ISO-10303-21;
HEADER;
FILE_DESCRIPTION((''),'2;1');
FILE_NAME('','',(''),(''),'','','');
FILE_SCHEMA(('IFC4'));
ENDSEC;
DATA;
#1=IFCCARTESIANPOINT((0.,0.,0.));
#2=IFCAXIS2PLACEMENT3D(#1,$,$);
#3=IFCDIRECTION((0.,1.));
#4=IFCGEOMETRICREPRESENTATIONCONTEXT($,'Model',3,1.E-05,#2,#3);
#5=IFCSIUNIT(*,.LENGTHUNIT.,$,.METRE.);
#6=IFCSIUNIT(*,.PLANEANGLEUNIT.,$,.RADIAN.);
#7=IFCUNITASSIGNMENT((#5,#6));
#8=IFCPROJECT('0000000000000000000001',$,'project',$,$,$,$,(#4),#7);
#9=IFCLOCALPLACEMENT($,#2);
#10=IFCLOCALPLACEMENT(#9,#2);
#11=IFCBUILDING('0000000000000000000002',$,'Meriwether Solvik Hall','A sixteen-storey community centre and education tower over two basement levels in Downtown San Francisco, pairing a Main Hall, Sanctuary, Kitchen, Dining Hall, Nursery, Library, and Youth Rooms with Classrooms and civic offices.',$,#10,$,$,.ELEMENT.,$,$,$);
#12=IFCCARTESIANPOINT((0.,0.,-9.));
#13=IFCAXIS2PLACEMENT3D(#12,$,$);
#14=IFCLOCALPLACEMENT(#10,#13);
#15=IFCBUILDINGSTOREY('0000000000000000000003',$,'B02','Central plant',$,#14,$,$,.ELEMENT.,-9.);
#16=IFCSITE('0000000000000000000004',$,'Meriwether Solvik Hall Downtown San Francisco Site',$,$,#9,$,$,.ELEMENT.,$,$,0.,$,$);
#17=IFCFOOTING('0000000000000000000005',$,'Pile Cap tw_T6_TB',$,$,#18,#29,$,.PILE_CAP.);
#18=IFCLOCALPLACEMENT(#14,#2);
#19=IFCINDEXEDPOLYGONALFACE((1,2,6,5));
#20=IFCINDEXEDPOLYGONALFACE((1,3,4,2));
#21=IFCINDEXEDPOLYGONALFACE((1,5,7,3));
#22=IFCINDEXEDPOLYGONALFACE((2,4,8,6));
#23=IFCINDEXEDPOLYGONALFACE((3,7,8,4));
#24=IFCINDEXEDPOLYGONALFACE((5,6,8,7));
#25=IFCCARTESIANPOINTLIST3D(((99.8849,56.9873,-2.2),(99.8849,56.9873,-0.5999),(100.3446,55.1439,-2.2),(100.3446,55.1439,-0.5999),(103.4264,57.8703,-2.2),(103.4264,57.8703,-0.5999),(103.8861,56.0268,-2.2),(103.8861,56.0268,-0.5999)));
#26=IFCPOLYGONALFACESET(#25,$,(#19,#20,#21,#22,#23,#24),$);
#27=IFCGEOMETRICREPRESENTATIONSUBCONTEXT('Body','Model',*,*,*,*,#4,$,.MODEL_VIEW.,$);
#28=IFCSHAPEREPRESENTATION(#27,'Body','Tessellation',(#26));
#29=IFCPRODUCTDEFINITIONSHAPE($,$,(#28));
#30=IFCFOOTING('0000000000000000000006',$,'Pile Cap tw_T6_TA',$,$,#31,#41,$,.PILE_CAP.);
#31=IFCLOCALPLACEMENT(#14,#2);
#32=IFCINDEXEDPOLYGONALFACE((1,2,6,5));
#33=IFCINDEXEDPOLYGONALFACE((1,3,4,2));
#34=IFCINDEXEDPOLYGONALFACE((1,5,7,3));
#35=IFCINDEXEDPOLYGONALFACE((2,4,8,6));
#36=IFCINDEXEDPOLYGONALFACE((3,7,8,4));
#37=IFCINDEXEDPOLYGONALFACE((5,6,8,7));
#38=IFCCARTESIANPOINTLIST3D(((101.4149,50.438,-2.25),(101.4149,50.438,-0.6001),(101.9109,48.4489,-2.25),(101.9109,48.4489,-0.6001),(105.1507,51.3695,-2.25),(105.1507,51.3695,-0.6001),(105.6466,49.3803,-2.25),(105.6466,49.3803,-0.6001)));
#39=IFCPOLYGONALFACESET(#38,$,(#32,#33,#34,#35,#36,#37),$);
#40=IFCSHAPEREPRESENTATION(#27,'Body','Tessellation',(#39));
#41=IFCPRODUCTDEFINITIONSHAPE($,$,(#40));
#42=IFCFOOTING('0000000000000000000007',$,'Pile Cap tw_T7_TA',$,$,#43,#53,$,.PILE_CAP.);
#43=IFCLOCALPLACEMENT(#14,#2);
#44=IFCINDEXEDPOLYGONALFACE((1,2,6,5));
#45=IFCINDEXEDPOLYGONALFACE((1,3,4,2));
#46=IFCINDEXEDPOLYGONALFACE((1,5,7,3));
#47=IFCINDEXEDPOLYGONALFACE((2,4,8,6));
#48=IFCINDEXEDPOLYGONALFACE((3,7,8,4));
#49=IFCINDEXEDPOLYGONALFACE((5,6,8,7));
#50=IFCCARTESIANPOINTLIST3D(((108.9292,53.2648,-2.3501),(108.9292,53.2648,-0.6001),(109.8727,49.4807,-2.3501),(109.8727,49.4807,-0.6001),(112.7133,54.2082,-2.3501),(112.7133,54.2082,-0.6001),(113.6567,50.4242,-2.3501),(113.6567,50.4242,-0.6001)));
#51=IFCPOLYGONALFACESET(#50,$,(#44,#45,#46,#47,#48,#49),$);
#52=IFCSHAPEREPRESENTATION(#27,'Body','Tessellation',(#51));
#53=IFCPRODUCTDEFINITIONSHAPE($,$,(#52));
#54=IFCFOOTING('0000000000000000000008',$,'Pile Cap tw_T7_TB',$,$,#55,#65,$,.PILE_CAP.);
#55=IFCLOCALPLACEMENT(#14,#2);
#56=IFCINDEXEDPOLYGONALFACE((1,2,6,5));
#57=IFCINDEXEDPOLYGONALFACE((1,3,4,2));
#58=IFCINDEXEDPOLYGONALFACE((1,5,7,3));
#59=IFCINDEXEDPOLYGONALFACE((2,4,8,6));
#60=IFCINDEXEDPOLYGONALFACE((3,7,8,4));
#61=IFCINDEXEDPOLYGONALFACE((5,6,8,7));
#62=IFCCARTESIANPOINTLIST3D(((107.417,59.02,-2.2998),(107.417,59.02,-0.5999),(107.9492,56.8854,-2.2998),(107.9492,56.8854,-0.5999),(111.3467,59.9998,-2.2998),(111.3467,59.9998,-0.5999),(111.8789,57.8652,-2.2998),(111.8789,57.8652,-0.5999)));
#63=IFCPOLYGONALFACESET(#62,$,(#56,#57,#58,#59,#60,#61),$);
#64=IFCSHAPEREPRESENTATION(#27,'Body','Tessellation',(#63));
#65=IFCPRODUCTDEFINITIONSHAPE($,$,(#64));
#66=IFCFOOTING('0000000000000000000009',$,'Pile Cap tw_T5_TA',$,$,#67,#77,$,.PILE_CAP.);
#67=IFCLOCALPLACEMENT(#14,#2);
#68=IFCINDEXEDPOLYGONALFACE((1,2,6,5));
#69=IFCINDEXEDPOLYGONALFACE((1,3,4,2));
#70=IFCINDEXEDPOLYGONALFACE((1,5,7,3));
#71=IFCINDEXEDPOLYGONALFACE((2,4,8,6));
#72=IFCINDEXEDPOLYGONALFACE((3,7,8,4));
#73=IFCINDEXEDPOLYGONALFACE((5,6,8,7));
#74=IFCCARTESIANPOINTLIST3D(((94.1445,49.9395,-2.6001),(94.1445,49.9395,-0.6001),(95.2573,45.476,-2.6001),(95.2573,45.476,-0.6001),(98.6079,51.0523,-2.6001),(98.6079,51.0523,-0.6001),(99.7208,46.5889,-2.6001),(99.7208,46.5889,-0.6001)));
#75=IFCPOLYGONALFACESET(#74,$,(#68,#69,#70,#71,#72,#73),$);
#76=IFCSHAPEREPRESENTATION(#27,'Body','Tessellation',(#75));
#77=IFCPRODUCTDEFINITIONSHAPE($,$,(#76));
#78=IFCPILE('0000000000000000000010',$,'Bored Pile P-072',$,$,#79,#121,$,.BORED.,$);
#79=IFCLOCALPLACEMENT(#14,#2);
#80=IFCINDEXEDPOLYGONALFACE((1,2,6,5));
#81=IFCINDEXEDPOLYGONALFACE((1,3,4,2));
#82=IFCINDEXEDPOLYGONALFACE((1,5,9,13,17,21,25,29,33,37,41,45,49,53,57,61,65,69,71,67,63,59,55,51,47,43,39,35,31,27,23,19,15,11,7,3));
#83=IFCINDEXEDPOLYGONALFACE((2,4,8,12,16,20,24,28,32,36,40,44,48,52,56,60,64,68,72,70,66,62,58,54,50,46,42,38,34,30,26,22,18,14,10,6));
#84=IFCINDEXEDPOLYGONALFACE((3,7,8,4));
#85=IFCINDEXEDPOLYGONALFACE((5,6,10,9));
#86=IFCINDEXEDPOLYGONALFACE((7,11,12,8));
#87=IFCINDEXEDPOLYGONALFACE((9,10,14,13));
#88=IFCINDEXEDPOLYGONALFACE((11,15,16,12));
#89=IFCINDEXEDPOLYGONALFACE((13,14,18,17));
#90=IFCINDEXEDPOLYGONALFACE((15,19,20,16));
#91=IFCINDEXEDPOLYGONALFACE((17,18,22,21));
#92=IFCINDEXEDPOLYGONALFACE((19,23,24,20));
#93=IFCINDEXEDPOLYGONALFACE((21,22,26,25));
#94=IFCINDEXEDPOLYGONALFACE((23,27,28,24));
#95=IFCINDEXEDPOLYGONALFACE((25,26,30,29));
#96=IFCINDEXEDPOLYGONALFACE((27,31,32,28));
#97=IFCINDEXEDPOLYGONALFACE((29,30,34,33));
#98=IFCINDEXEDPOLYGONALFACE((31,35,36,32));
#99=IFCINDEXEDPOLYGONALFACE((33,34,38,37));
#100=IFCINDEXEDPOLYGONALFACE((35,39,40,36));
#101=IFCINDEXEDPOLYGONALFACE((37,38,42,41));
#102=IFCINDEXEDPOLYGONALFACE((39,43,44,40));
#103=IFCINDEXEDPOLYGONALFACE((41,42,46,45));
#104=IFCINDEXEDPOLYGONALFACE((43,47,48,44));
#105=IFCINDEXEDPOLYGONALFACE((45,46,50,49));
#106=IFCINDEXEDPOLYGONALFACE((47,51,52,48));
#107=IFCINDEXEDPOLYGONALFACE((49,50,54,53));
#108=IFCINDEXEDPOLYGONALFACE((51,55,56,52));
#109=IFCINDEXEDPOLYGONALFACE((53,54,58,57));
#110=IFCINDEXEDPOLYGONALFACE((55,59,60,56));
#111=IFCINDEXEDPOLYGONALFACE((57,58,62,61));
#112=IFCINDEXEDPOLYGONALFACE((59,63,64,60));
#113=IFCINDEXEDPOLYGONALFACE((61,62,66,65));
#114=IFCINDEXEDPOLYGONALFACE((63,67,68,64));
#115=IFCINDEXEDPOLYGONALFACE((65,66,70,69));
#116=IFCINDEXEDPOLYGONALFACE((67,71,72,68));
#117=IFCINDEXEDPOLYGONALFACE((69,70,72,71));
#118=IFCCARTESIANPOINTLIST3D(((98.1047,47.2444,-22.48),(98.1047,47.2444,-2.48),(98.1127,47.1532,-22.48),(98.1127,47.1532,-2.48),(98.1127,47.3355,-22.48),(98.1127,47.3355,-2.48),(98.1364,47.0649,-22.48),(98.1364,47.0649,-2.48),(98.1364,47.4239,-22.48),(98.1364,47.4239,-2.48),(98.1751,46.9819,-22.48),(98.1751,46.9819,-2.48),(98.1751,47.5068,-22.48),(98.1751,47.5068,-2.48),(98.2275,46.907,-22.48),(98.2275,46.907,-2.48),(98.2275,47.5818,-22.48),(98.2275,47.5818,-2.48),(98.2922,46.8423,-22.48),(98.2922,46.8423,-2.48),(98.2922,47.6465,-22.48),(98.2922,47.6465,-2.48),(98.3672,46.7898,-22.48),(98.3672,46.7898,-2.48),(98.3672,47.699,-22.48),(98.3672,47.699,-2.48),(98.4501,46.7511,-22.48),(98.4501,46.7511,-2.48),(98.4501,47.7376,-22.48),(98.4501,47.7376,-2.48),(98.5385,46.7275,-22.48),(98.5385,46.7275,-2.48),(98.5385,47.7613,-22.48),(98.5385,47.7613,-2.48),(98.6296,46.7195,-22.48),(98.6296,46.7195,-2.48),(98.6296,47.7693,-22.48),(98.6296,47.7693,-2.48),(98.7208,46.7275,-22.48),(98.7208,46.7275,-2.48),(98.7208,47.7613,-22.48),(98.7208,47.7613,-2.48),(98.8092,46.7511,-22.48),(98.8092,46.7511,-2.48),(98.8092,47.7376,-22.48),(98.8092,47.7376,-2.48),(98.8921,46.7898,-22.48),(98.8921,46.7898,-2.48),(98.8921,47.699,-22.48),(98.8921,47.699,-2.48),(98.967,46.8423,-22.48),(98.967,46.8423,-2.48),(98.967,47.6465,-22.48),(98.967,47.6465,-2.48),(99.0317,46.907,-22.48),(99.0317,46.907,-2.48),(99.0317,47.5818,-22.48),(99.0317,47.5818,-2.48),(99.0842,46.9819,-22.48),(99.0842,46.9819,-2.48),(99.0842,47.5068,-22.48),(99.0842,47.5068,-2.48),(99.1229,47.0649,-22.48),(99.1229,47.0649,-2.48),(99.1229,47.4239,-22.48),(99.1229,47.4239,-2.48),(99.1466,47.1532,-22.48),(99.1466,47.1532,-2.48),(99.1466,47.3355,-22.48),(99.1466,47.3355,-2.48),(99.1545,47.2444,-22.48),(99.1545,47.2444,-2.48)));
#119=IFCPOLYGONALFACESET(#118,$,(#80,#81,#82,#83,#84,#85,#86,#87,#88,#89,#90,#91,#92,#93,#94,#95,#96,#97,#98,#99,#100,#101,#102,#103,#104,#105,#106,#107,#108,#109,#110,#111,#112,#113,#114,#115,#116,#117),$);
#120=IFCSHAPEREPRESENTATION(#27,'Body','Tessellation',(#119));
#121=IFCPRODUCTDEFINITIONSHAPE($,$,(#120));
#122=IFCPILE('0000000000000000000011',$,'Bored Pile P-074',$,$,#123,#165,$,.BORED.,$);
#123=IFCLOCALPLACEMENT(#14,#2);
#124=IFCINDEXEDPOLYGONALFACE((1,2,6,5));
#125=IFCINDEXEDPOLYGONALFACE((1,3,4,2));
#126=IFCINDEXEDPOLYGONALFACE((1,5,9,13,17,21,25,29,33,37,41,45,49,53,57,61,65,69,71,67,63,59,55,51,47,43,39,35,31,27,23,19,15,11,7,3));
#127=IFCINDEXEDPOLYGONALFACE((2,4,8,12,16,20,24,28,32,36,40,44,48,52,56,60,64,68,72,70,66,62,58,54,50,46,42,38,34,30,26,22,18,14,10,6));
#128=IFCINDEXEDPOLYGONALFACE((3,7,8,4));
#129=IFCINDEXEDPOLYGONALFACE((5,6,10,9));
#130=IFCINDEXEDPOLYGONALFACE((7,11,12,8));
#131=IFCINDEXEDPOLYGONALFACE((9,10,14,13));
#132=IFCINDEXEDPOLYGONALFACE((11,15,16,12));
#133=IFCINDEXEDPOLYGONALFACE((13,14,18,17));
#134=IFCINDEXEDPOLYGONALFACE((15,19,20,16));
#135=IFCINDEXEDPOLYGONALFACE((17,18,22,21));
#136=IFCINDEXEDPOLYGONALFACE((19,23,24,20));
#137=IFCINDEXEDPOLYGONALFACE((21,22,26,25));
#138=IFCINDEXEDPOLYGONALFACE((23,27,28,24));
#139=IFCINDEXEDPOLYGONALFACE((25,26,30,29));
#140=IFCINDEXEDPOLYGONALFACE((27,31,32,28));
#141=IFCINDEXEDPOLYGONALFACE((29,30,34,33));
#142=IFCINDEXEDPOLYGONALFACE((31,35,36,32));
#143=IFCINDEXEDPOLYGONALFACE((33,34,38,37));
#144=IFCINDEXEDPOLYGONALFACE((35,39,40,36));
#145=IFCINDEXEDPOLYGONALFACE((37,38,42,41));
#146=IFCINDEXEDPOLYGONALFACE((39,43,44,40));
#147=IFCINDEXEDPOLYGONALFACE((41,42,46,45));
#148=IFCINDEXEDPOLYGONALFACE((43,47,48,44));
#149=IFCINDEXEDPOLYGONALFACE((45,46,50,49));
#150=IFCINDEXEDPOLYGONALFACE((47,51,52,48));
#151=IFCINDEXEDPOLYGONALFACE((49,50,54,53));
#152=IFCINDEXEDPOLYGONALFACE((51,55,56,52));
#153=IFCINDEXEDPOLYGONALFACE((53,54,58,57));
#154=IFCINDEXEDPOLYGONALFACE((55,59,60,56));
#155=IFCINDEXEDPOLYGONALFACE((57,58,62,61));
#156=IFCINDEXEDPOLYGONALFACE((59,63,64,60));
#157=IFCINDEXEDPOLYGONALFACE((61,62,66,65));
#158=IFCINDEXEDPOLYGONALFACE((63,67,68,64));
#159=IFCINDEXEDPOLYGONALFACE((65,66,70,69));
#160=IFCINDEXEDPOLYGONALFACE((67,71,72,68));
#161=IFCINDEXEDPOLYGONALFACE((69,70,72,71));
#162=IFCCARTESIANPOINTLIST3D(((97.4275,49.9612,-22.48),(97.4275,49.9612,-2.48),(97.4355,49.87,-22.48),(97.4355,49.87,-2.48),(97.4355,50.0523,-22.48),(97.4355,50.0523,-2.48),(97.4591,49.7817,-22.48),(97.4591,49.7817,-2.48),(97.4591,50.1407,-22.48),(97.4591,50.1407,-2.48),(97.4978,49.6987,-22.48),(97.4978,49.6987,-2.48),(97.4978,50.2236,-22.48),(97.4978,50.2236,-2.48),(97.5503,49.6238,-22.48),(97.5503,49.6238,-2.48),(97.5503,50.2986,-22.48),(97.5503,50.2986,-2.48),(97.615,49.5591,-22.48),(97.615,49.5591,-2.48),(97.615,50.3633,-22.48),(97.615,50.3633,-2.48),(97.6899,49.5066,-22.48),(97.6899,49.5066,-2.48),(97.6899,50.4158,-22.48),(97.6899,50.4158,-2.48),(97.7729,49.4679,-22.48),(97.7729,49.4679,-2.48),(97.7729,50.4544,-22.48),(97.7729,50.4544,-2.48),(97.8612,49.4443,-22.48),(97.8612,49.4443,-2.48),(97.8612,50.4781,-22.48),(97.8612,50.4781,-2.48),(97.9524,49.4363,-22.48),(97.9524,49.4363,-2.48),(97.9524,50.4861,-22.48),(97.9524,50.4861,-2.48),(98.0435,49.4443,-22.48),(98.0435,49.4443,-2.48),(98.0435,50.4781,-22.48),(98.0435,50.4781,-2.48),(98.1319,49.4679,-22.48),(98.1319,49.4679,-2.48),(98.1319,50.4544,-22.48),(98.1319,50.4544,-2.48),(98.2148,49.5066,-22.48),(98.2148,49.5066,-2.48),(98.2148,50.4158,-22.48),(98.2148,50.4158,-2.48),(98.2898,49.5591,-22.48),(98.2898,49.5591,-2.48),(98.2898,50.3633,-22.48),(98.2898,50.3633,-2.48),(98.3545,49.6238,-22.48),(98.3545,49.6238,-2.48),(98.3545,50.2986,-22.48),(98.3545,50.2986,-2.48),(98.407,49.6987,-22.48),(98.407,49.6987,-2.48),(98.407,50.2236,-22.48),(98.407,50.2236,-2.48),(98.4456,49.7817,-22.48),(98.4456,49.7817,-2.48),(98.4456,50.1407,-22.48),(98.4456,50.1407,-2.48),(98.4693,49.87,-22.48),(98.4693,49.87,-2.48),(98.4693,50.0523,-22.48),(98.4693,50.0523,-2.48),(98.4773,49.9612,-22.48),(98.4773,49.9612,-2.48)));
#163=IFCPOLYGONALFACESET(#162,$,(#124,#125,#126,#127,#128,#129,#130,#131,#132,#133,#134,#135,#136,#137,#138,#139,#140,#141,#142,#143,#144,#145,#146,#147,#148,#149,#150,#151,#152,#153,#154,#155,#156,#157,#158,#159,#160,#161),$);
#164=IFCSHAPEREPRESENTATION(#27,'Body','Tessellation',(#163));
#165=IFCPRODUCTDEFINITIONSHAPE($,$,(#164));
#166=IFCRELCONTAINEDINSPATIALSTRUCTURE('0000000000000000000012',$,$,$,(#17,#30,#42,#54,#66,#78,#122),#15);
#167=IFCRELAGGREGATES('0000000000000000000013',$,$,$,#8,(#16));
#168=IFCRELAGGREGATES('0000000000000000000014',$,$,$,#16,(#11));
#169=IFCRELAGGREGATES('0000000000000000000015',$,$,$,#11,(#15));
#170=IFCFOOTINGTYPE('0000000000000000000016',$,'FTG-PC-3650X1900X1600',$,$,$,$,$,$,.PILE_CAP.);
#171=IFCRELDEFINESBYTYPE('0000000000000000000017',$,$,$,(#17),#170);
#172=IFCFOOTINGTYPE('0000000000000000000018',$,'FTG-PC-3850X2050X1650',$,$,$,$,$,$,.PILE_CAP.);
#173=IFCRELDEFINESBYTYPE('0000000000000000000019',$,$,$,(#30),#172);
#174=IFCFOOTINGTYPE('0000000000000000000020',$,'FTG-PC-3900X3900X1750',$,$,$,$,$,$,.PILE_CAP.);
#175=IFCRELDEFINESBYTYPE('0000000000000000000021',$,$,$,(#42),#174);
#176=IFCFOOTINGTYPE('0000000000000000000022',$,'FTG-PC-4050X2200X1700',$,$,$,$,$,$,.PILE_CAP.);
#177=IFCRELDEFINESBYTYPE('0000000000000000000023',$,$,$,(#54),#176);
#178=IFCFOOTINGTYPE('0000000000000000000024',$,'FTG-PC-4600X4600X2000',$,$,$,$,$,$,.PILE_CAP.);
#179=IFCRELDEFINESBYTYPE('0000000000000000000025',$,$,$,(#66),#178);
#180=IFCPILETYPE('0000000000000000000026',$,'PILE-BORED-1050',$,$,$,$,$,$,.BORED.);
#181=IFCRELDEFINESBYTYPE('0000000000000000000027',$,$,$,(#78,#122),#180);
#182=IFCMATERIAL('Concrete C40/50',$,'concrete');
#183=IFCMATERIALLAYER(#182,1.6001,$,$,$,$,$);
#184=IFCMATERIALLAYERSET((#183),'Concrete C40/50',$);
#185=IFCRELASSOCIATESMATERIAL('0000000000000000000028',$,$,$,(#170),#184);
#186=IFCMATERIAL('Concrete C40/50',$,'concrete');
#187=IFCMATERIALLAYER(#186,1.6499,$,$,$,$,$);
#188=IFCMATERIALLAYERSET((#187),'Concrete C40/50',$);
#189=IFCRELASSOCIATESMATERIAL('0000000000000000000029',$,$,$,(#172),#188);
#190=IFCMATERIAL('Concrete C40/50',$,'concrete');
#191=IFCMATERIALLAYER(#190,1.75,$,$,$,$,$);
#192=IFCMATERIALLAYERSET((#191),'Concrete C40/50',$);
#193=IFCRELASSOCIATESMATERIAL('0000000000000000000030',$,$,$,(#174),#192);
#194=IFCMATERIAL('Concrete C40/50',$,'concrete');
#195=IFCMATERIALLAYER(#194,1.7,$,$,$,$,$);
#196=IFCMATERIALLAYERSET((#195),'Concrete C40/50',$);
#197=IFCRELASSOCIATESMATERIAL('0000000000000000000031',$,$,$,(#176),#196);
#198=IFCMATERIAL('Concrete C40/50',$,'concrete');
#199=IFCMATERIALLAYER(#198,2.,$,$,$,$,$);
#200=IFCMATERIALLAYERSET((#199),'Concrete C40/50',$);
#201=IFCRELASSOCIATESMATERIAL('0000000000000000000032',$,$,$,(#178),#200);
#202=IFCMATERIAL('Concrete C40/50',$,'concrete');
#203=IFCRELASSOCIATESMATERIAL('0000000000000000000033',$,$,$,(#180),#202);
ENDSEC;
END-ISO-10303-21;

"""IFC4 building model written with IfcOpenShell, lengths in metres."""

from ifc_helpers import new_model, si_unit, direction, frame, origin, origin_2d, place, context, subcontext, project, spatial, rectangle, circle, extrude, material, layer, layer_set, material_profile, profile_set, type_object, element, save


model = new_model("IFC4")

# Units and contexts
model_context = context("Model", 3, precision=1e-05, world=origin(), true_north=direction((0.0, 1.0)))
body_context = subcontext(model_context, "Body", "Model", "MODEL_VIEW")
ifc_project = project(units=[si_unit("LENGTHUNIT", "METRE"), si_unit("PLANEANGLEUNIT", "RADIAN")], contexts=[model_context])

# Site, building, storey
site_placement = place(None, origin())
site = spatial("IfcSite", under=ifc_project, at=site_placement, Name="Meriwether Solvik Hall Downtown San Francisco Site", CompositionType="ELEMENT", RefElevation=0.0)
building_placement = place(site_placement, origin())
building = spatial("IfcBuilding", under=site, at=building_placement, Name="Meriwether Solvik Hall", Description="A sixteen-storey community centre and education tower over two basement levels in Downtown San Francisco, pairing a Main Hall, Sanctuary, Kitchen, Dining Hall, Nursery, Library, and Youth Rooms with Classrooms and civic offices.", CompositionType="ELEMENT")
storey_placement = place(building_placement, frame((0.0, 0.0, -9.0)))
storey = spatial("IfcBuildingStorey", under=building, at=storey_placement, Name="B02", Description="Central plant", CompositionType="ELEMENT", Elevation=-9.0)

# Footings
ifc_material_1 = material(Name="Concrete C40/50", Category="concrete")
ifc_layer_1 = layer(ifc_material_1, 1.6001)
ifc_layer_set_1 = layer_set([ifc_layer_1], Name="Concrete C40/50")
footing_type_1 = type_object("IfcFootingType", Name="FTG-PC-3650X1900X1600", PredefinedType="PILE_CAP", material=ifc_layer_set_1)
footing_1_placement = place(storey_placement, frame((101.8855, 56.5071, -2.2), z_axis=(0.0, 0.0, 1.0), x_axis=(0.970296, 0.241922, 0.0)))
element("IfcFooting", 1, at=footing_1_placement, inside=storey, type_object=footing_type_1, Name="Pile Cap tw_T6_TB", PredefinedType="PILE_CAP", context=body_context, shape_type="SweptSolid", body=[
    extrude(rectangle(XDim=3.6499, YDim=1.8999, at=origin_2d()), origin(), (0.0, 0.0, 1.0), 1.6001),
])
ifc_material_2 = material(Name="Concrete C40/50", Category="concrete")
ifc_layer_2 = layer(ifc_material_2, 1.6499)
ifc_layer_set_2 = layer_set([ifc_layer_2], Name="Concrete C40/50")
footing_type_2 = type_object("IfcFootingType", Name="FTG-PC-3850X2050X1650", PredefinedType="PILE_CAP", material=ifc_layer_set_2)
footing_2_placement = place(storey_placement, frame((103.5308, 49.9092, -2.25), z_axis=(0.0, 0.0, 1.0), x_axis=(0.970296, 0.241922, 0.0)))
element("IfcFooting", 2, at=footing_2_placement, inside=storey, type_object=footing_type_2, Name="Pile Cap tw_T6_TA", PredefinedType="PILE_CAP", context=body_context, shape_type="SweptSolid", body=[
    extrude(rectangle(XDim=3.8501, YDim=2.05, at=origin_2d()), origin(), (0.0, 0.0, 1.0), 1.6499),
])
ifc_material_3 = material(Name="Concrete C40/50", Category="concrete")
ifc_layer_3 = layer(ifc_material_3, 1.75)
ifc_layer_set_3 = layer_set([ifc_layer_3], Name="Concrete C40/50")
footing_type_3 = type_object("IfcFootingType", Name="FTG-PC-3900X3900X1750", PredefinedType="PILE_CAP", material=ifc_layer_set_3)
footing_3_placement = place(storey_placement, frame((111.293, 51.8445, -2.3501), z_axis=(0.0, 0.0, 1.0), x_axis=(0.970296, 0.241922, 0.0)))
element("IfcFooting", 3, at=footing_3_placement, inside=storey, type_object=footing_type_3, Name="Pile Cap tw_T7_TA", PredefinedType="PILE_CAP", context=body_context, shape_type="SweptSolid", body=[
    extrude(rectangle(XDim=3.8999, YDim=3.8999, at=origin_2d()), origin(), (0.0, 0.0, 1.0), 1.75),
])
ifc_material_4 = material(Name="Concrete C40/50", Category="concrete")
ifc_layer_4 = layer(ifc_material_4, 1.7)
ifc_layer_set_4 = layer_set([ifc_layer_4], Name="Concrete C40/50")
footing_type_4 = type_object("IfcFootingType", Name="FTG-PC-4050X2200X1700", PredefinedType="PILE_CAP", material=ifc_layer_set_4)
footing_4_placement = place(storey_placement, frame((109.6479, 58.4426, -2.2998), z_axis=(0.0, 0.0, 1.0), x_axis=(0.970296, 0.241922, 0.0)))
element("IfcFooting", 4, at=footing_4_placement, inside=storey, type_object=footing_type_4, Name="Pile Cap tw_T7_TB", PredefinedType="PILE_CAP", context=body_context, shape_type="SweptSolid", body=[
    extrude(rectangle(XDim=4.05, YDim=2.2, at=origin_2d()), origin(), (0.0, 0.0, 1.0), 1.7),
])
ifc_material_5 = material(Name="Concrete C40/50", Category="concrete")
ifc_layer_5 = layer(ifc_material_5, 2.0)
ifc_layer_set_5 = layer_set([ifc_layer_5], Name="Concrete C40/50")
footing_type_5 = type_object("IfcFootingType", Name="FTG-PC-4600X4600X2000", PredefinedType="PILE_CAP", material=ifc_layer_set_5)
footing_5_placement = place(storey_placement, frame((96.9326, 48.2642, -2.6001), z_axis=(0.0, 0.0, 1.0), x_axis=(0.970296, 0.241922, 0.0)))
element("IfcFooting", 5, at=footing_5_placement, inside=storey, type_object=footing_type_5, Name="Pile Cap tw_T5_TA", PredefinedType="PILE_CAP", context=body_context, shape_type="SweptSolid", body=[
    extrude(rectangle(XDim=4.6001, YDim=4.6001, at=origin_2d()), origin(), (0.0, 0.0, 1.0), 2.0),
])

# Piles
ifc_material_6 = material(Name="Concrete C40/50", Category="concrete")
ifc_material_profile_1 = material_profile(ifc_material_6, circle(Radius=0.5249, at=origin_2d()), Name="PILE-D1050")
ifc_profile_set_1 = profile_set([ifc_material_profile_1], Name="Concrete C40/50")
pile_type_1 = type_object("IfcPileType", Name="PILE-BORED-1050", PredefinedType="BORED", material=ifc_profile_set_1)
for number, where, z_axis, x_axis, name in (
    (6, (98.6296, 47.2444, -2.48), (0.0, 0.0, -1.0), (1.0, 0.0, 0.0), "Bored Pile P-072"),
    (7, (97.9524, 49.9612, -2.48), (0.0, 0.0, -1.0), (1.0, 0.0, 0.0), "Bored Pile P-074"),
):
    element("IfcPile", number, at=place(storey_placement, frame(where, z_axis=z_axis, x_axis=x_axis)), inside=storey, type_object=pile_type_1, Name=name, PredefinedType="BORED", context=body_context, shape_type="SweptSolid", body=[
        extrude(circle(Radius=0.5249, at=origin_2d()), origin(), (0.0, 0.0, 1.0), 20.0),
    ])

save(model, "model.ifc")
